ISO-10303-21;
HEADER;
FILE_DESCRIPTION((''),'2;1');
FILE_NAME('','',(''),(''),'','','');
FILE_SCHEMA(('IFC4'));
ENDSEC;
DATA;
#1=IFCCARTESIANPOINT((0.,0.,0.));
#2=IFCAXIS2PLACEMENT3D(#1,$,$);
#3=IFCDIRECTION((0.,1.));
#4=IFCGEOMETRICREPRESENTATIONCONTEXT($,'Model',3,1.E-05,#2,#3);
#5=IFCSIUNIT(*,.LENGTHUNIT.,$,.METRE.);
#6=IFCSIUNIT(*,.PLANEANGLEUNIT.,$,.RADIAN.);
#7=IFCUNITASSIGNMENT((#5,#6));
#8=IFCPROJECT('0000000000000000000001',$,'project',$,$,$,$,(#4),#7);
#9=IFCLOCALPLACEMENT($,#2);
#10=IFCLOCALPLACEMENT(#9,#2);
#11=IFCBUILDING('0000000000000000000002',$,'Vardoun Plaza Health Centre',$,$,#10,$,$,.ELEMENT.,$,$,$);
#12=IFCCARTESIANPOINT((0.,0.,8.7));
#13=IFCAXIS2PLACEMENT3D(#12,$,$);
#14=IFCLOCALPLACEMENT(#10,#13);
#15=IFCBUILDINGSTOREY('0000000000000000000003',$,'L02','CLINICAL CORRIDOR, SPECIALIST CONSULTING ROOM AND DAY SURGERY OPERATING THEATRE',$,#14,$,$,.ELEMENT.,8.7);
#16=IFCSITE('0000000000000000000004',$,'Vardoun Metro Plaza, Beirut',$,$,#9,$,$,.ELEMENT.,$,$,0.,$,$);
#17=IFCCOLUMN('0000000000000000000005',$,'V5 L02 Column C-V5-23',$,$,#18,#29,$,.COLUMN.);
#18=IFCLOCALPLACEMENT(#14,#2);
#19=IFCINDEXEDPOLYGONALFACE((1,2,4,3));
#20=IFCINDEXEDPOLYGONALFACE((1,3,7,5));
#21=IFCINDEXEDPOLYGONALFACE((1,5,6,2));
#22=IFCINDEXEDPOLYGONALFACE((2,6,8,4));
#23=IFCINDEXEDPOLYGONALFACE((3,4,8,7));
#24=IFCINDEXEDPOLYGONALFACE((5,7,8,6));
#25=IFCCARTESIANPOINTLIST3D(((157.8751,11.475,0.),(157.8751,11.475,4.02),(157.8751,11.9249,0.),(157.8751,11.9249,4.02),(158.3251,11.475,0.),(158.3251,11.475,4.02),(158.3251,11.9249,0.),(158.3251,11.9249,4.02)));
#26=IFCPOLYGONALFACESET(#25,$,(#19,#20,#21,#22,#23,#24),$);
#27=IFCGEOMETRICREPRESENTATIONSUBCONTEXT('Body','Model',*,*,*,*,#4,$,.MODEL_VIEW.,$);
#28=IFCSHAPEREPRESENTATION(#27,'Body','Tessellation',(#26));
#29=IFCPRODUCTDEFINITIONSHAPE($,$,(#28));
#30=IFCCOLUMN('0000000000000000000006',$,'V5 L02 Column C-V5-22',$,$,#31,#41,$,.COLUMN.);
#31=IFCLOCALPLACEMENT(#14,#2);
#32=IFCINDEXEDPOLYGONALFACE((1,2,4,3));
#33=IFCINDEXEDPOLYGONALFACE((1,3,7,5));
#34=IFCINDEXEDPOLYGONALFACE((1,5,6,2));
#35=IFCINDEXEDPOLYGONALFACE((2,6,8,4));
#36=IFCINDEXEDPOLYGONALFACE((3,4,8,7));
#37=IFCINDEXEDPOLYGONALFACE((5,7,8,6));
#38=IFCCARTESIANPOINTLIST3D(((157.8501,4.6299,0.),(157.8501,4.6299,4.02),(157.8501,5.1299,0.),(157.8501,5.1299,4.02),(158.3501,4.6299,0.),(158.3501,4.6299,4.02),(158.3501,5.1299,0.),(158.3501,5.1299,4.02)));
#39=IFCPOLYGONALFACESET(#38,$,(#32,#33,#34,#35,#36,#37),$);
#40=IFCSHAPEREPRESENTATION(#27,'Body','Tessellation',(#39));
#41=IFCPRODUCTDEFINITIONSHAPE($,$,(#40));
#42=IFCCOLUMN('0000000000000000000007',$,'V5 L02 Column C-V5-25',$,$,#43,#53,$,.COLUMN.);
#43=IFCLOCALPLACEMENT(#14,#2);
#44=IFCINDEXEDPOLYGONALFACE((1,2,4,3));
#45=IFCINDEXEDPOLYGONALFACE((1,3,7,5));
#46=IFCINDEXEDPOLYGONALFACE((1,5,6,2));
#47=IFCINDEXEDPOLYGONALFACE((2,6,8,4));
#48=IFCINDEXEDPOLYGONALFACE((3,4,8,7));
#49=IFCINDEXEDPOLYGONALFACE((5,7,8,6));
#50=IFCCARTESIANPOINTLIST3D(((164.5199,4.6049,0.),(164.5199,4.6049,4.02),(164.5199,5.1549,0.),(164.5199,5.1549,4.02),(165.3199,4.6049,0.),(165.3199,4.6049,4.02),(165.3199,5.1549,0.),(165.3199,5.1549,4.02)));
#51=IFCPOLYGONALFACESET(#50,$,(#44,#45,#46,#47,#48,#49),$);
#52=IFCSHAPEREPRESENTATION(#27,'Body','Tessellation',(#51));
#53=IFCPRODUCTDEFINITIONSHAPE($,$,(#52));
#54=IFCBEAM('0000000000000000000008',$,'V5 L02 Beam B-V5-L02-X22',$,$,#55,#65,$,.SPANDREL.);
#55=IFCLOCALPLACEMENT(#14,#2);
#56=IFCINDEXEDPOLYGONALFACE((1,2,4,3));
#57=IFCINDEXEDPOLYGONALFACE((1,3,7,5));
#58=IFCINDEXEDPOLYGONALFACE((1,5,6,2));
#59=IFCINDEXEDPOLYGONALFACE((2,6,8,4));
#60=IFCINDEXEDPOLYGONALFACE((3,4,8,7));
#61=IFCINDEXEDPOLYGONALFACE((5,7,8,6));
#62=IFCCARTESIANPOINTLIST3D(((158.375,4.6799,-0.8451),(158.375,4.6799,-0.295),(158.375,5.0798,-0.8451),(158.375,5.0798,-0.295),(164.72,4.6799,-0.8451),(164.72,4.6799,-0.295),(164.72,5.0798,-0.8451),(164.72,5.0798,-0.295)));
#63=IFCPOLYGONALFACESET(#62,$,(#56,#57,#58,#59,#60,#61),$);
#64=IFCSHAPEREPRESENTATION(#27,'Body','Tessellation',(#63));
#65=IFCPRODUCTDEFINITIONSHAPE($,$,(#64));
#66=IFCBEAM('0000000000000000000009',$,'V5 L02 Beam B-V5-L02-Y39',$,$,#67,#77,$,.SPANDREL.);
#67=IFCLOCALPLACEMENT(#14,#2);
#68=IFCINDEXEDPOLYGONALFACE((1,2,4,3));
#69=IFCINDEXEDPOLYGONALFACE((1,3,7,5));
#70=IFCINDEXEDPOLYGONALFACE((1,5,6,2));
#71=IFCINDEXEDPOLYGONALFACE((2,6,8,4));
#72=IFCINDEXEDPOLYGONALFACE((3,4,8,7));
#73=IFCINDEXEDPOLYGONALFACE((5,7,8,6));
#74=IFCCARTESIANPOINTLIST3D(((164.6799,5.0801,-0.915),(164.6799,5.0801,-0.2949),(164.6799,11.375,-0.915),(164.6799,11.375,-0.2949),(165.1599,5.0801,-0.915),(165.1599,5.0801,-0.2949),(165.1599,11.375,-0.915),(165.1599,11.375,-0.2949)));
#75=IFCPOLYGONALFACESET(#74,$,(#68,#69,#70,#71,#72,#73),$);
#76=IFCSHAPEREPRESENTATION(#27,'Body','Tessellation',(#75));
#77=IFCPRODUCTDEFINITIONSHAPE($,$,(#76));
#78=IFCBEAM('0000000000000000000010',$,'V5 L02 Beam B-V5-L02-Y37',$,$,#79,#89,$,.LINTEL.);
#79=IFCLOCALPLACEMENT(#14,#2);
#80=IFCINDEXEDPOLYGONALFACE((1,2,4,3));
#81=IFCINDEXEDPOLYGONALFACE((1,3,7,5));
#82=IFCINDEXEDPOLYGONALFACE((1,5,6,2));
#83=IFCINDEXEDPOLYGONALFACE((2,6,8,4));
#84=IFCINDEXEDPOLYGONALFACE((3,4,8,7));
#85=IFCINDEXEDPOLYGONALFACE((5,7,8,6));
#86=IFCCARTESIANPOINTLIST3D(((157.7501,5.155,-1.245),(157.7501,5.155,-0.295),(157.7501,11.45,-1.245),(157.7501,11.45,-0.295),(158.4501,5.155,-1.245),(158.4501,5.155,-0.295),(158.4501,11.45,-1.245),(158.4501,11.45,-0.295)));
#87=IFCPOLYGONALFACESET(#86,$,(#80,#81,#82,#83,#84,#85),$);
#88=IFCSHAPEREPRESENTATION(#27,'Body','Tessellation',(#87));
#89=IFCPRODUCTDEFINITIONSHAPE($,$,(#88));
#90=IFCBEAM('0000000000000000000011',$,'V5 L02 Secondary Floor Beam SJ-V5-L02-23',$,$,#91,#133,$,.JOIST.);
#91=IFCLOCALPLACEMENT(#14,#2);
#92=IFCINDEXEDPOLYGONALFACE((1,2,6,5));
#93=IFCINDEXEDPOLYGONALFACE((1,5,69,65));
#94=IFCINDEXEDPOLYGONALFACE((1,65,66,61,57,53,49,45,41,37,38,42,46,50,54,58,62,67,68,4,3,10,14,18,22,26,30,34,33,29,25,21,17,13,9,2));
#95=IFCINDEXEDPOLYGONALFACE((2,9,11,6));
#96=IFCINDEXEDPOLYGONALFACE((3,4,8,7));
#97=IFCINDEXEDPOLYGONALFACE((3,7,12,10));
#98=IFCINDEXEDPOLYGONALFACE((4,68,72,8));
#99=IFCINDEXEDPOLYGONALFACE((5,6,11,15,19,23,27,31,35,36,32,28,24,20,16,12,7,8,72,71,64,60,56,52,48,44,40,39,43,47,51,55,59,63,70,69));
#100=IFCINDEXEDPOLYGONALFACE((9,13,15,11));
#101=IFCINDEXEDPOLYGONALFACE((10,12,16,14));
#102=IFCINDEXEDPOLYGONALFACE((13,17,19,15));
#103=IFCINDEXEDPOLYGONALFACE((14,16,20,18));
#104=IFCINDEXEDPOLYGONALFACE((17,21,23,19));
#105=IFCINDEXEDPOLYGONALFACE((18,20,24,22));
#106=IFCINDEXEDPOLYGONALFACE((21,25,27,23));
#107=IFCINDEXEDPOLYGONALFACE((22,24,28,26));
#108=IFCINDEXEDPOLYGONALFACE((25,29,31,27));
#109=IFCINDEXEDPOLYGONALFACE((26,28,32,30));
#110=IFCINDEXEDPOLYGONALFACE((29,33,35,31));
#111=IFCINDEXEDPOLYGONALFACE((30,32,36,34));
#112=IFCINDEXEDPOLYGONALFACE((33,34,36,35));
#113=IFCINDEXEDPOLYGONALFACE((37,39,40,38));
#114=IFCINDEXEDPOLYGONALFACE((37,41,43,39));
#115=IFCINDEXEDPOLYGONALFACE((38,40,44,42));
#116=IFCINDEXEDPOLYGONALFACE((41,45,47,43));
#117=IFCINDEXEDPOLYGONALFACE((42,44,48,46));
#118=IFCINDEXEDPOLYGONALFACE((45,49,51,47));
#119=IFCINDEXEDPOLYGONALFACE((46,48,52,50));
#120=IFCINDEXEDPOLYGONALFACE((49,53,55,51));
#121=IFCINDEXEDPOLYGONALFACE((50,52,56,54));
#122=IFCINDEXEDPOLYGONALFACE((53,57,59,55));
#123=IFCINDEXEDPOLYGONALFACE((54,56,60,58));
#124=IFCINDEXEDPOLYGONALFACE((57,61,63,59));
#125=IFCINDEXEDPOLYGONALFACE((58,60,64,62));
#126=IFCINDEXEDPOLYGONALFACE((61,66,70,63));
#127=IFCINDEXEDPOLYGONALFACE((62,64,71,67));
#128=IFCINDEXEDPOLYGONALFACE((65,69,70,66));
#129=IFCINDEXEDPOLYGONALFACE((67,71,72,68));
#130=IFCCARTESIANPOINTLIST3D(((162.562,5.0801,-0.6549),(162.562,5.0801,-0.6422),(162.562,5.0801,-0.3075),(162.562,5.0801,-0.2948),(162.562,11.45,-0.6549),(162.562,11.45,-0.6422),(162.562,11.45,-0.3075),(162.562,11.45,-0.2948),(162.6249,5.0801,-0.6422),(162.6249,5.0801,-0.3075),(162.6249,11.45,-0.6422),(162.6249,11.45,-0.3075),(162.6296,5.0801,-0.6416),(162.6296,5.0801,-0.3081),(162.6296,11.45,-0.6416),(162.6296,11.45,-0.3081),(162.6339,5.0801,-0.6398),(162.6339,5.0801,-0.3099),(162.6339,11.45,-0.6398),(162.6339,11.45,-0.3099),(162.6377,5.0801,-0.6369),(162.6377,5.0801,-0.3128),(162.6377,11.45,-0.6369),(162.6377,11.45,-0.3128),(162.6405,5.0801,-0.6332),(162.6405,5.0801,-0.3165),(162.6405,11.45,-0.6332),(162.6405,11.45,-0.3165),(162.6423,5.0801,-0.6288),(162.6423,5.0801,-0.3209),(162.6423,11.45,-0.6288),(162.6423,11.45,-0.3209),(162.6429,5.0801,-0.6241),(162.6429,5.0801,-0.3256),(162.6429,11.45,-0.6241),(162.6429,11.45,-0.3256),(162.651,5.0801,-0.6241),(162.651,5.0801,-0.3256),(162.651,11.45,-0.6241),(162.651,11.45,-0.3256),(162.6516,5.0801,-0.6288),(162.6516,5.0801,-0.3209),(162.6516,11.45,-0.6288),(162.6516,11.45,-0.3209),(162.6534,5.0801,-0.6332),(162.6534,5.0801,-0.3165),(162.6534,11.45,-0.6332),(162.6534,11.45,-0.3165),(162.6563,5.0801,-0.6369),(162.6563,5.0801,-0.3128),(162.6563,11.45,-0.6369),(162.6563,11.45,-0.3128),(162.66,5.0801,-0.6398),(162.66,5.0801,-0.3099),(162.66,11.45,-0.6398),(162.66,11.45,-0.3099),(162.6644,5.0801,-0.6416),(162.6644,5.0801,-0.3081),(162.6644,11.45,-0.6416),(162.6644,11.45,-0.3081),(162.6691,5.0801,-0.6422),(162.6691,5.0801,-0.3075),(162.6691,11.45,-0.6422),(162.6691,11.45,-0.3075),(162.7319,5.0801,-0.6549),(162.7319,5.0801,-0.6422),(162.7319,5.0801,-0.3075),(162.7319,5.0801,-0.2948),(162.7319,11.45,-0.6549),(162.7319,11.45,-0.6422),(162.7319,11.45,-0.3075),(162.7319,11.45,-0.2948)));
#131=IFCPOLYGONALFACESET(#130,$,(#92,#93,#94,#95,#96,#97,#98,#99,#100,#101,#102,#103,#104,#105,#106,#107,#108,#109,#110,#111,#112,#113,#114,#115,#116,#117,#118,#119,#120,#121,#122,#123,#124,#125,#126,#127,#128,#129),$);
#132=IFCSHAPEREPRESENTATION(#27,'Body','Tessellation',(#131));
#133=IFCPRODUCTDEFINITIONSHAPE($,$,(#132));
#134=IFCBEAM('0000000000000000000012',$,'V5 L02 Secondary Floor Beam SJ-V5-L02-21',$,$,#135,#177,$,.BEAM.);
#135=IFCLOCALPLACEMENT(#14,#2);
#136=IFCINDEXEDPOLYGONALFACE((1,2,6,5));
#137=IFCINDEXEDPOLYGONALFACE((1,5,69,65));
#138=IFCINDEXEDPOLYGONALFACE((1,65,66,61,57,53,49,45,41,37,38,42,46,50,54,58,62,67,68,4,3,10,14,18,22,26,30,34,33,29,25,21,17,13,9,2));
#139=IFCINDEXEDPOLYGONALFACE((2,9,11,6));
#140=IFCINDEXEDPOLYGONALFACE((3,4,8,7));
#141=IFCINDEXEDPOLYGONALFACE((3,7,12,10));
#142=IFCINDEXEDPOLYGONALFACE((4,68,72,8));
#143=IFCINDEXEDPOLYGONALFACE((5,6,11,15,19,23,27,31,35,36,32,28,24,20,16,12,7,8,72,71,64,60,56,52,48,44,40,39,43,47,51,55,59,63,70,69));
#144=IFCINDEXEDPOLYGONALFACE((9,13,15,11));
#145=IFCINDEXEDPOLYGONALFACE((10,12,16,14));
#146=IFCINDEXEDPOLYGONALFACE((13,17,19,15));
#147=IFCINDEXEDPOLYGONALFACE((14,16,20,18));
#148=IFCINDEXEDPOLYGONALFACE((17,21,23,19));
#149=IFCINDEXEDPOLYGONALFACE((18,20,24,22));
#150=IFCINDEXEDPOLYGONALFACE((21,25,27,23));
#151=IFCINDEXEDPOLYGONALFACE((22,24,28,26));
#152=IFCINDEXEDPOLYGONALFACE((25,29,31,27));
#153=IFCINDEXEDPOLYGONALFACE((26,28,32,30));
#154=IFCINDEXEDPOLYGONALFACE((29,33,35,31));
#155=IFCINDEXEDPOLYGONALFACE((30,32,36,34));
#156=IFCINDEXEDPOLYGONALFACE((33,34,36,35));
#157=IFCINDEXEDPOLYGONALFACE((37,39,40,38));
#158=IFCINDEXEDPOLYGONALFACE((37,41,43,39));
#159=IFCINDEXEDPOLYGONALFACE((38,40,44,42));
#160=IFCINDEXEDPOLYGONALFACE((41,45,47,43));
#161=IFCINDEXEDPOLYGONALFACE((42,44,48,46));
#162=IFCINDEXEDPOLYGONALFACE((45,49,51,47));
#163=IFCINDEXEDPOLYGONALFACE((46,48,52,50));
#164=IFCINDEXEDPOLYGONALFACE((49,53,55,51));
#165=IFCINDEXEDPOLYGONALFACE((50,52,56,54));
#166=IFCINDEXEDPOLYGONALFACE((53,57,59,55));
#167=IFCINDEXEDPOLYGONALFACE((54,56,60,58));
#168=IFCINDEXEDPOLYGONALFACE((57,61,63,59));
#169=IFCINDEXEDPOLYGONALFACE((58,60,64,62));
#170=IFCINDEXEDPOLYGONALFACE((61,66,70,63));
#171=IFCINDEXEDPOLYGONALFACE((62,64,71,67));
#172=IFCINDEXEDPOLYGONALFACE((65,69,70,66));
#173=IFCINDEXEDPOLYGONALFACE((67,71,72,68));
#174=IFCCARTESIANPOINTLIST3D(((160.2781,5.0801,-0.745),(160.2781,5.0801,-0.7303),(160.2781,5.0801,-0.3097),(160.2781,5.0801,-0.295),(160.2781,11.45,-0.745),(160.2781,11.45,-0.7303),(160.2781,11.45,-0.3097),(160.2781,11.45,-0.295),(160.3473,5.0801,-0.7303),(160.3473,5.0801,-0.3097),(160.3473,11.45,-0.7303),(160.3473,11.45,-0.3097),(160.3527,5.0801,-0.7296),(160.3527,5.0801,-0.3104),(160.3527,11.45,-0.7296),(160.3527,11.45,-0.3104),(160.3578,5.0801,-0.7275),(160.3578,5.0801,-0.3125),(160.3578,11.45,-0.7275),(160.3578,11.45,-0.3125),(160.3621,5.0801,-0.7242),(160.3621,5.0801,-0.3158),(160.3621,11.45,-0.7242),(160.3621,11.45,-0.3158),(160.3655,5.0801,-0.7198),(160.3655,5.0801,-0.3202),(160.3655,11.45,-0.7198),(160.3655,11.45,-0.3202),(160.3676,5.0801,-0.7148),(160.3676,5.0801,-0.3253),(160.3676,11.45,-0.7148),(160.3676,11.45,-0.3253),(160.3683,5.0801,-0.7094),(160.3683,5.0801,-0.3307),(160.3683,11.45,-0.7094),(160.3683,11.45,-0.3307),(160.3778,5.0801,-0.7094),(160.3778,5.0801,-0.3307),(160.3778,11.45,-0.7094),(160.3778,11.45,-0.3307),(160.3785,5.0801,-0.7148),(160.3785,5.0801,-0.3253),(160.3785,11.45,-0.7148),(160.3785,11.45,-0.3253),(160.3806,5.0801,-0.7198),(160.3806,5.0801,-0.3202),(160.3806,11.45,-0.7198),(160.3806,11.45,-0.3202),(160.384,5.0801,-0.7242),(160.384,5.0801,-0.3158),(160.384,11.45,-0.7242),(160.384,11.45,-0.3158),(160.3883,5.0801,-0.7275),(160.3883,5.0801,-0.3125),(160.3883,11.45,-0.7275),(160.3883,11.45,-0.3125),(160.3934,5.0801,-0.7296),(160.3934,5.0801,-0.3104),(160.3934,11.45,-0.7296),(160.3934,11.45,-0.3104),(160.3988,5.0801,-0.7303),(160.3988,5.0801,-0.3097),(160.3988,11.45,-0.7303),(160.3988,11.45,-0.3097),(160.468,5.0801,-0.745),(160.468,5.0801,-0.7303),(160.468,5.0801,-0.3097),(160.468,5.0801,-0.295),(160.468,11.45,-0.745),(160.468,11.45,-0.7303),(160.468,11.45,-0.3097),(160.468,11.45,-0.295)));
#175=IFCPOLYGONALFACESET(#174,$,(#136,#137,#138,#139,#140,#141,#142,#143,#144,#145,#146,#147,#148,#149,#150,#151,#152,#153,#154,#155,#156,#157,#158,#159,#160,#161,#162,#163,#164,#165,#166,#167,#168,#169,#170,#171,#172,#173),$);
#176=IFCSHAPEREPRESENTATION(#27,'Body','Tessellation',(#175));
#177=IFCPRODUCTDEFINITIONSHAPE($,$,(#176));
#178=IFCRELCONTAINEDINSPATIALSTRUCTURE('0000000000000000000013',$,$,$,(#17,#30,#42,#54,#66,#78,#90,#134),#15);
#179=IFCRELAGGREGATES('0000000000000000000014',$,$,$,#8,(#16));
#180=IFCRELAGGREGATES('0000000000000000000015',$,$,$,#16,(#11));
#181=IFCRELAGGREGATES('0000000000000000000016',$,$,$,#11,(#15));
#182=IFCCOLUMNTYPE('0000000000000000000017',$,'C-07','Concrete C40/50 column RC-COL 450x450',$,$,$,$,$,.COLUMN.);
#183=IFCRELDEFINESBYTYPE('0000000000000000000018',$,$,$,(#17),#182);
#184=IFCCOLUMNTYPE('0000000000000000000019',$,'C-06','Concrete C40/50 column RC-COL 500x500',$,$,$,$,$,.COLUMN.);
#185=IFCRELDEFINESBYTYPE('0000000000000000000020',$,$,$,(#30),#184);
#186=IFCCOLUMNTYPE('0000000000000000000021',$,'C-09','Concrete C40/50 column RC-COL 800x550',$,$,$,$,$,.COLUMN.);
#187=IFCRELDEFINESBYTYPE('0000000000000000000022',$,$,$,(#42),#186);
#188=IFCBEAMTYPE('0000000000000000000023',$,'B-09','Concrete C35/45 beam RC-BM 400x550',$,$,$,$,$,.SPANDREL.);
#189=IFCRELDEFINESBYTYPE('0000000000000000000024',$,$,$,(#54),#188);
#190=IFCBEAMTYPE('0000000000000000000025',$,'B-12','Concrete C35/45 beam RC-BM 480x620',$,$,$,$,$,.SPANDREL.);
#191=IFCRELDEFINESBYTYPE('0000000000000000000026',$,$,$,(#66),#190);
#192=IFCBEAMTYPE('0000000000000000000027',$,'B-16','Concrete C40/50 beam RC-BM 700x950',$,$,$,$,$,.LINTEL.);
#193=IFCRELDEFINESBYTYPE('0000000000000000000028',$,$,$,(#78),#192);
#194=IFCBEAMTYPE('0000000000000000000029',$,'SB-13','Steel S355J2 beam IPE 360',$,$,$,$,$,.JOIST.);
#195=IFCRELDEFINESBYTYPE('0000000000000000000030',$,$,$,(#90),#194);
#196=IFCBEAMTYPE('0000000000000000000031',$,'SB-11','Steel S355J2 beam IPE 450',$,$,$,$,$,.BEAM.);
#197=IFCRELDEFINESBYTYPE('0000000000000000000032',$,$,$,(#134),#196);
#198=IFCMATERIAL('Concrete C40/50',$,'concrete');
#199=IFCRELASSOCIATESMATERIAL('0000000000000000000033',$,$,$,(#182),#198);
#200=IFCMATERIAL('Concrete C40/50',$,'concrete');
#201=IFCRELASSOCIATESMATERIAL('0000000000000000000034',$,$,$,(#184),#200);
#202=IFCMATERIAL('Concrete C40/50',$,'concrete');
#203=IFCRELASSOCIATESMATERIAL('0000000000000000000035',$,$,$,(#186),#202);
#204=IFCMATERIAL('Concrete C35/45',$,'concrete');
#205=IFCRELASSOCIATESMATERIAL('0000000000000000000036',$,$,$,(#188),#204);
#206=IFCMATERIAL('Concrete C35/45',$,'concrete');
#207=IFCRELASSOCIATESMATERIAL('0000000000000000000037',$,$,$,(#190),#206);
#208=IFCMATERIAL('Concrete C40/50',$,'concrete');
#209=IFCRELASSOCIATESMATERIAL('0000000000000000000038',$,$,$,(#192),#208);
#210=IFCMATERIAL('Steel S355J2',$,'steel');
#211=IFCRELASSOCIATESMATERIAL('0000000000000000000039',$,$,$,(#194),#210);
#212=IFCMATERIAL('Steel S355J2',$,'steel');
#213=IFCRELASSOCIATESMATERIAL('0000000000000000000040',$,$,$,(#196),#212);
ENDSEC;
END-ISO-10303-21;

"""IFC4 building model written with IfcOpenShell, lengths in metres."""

from ifc_helpers import new_model, si_unit, direction, frame, origin, origin_2d, place, context, subcontext, project, spatial, rectangle, i_section, extrude, material, material_profile, profile_set, type_object, element, save


model = new_model("IFC4")

# Units and contexts
model_context = context("Model", 3, precision=1e-05, world=origin(), true_north=direction((0.0, 1.0)))
body_context = subcontext(model_context, "Body", "Model", "MODEL_VIEW")
ifc_project = project(units=[si_unit("LENGTHUNIT", "METRE"), si_unit("PLANEANGLEUNIT", "RADIAN")], contexts=[model_context])

# Site, building, storey
site_placement = place(None, origin())
site = spatial("IfcSite", under=ifc_project, at=site_placement, Name="Vardoun Metro Plaza, Beirut", CompositionType="ELEMENT", RefElevation=0.0)
building_placement = place(site_placement, origin())
building = spatial("IfcBuilding", under=site, at=building_placement, Name="Vardoun Plaza Health Centre", CompositionType="ELEMENT")
storey_placement = place(building_placement, frame((0.0, 0.0, 8.7)))
storey = spatial("IfcBuildingStorey", under=building, at=storey_placement, Name="L02", Description="CLINICAL CORRIDOR, SPECIALIST CONSULTING ROOM AND DAY SURGERY OPERATING THEATRE", CompositionType="ELEMENT", Elevation=8.7)

# Columns
ifc_material_1 = material(Name="Concrete C40/50", Category="concrete")
ifc_material_profile_1 = material_profile(ifc_material_1, rectangle(XDim=0.45, YDim=0.45, at=origin_2d()), Name="RC-COL 450x450")
ifc_profile_set_1 = profile_set([ifc_material_profile_1], Name="Concrete C40/50")
column_type_1 = type_object("IfcColumnType", Name="C-07", Description="Concrete C40/50 column RC-COL 450x450", PredefinedType="COLUMN", material=ifc_profile_set_1)
column_1_placement = place(storey_placement, frame((158.1001, 11.7, 0.0), z_axis=(0.0, 0.0, 1.0), x_axis=(1.0, 0.0, 0.0)))
element("IfcColumn", 1, at=column_1_placement, inside=storey, type_object=column_type_1, Name="V5 L02 Column C-V5-23", PredefinedType="COLUMN", context=body_context, shape_type="SweptSolid", body=[
    extrude(rectangle(XDim=0.45, YDim=0.45, at=origin_2d()), origin(), (0.0, 0.0, 1.0), 4.02),
])
ifc_material_2 = material(Name="Concrete C40/50", Category="concrete")
ifc_material_profile_2 = material_profile(ifc_material_2, rectangle(XDim=0.5, YDim=0.5, at=origin_2d()), Name="RC-COL 500x500")
ifc_profile_set_2 = profile_set([ifc_material_profile_2], Name="Concrete C40/50")
column_type_2 = type_object("IfcColumnType", Name="C-06", Description="Concrete C40/50 column RC-COL 500x500", PredefinedType="COLUMN", material=ifc_profile_set_2)
column_2_placement = place(storey_placement, frame((158.1001, 4.8799, 0.0), z_axis=(0.0, 0.0, 1.0), x_axis=(1.0, 0.0, 0.0)))
element("IfcColumn", 2, at=column_2_placement, inside=storey, type_object=column_type_2, Name="V5 L02 Column C-V5-22", PredefinedType="COLUMN", context=body_context, shape_type="SweptSolid", body=[
    extrude(rectangle(XDim=0.5, YDim=0.5, at=origin_2d()), origin(), (0.0, 0.0, 1.0), 4.02),
])
ifc_material_3 = material(Name="Concrete C40/50", Category="concrete")
ifc_material_profile_3 = material_profile(ifc_material_3, rectangle(XDim=0.8, YDim=0.55, at=origin_2d()), Name="RC-COL 800x550")
ifc_profile_set_3 = profile_set([ifc_material_profile_3], Name="Concrete C40/50")
column_type_3 = type_object("IfcColumnType", Name="C-09", Description="Concrete C40/50 column RC-COL 800x550", PredefinedType="COLUMN", material=ifc_profile_set_3)
column_3_placement = place(storey_placement, frame((164.9199, 4.8799, 0.0), z_axis=(0.0, 0.0, 1.0), x_axis=(1.0, 0.0, 0.0)))
element("IfcColumn", 3, at=column_3_placement, inside=storey, type_object=column_type_3, Name="V5 L02 Column C-V5-25", PredefinedType="COLUMN", context=body_context, shape_type="SweptSolid", body=[
    extrude(rectangle(XDim=0.8, YDim=0.55, at=origin_2d()), origin(), (0.0, 0.0, 1.0), 4.02),
])

# Beams
ifc_material_4 = material(Name="Concrete C35/45", Category="concrete")
ifc_material_profile_4 = material_profile(ifc_material_4, rectangle(XDim=0.3999, YDim=0.55, at=origin_2d()), Name="RC-BM 400x550")
ifc_profile_set_4 = profile_set([ifc_material_profile_4], Name="Concrete C35/45")
beam_type_1 = type_object("IfcBeamType", Name="B-09", Description="Concrete C35/45 beam RC-BM 400x550", PredefinedType="SPANDREL", material=ifc_profile_set_4)
beam_1_placement = place(storey_placement, frame((158.375, 4.8799, -0.5701), z_axis=(1.0, 0.0, 0.0), x_axis=(0.0, 1.0, 0.0)))
element("IfcBeam", 4, at=beam_1_placement, inside=storey, type_object=beam_type_1, Name="V5 L02 Beam B-V5-L02-X22", PredefinedType="SPANDREL", context=body_context, shape_type="SweptSolid", body=[
    extrude(rectangle(XDim=0.3999, YDim=0.55, at=origin_2d()), origin(), (0.0, 0.0, 1.0), 6.345),
])
ifc_material_5 = material(Name="Concrete C35/45", Category="concrete")
ifc_material_profile_5 = material_profile(ifc_material_5, rectangle(XDim=0.48, YDim=0.6201, at=origin_2d()), Name="RC-BM 480x620")
ifc_profile_set_5 = profile_set([ifc_material_profile_5], Name="Concrete C35/45")
beam_type_2 = type_object("IfcBeamType", Name="B-12", Description="Concrete C35/45 beam RC-BM 480x620", PredefinedType="SPANDREL", material=ifc_profile_set_5)
beam_2_placement = place(storey_placement, frame((164.9199, 5.0801, -0.605), z_axis=(0.0, 1.0, 0.0), x_axis=(-1.0, 0.0, 0.0)))
element("IfcBeam", 5, at=beam_2_placement, inside=storey, type_object=beam_type_2, Name="V5 L02 Beam B-V5-L02-Y39", PredefinedType="SPANDREL", context=body_context, shape_type="SweptSolid", body=[
    extrude(rectangle(XDim=0.48, YDim=0.6201, at=origin_2d()), origin(), (0.0, 0.0, 1.0), 6.2949),
])
ifc_material_6 = material(Name="Concrete C40/50", Category="concrete")
ifc_material_profile_6 = material_profile(ifc_material_6, rectangle(XDim=0.7, YDim=0.95, at=origin_2d()), Name="RC-BM 700x950")
ifc_profile_set_6 = profile_set([ifc_material_profile_6], Name="Concrete C40/50")
beam_type_3 = type_object("IfcBeamType", Name="B-16", Description="Concrete C40/50 beam RC-BM 700x950", PredefinedType="LINTEL", material=ifc_profile_set_6)
beam_3_placement = place(storey_placement, frame((158.1001, 5.155, -0.77), z_axis=(0.0, 1.0, 0.0), x_axis=(-1.0, 0.0, 0.0)))
element("IfcBeam", 6, at=beam_3_placement, inside=storey, type_object=beam_type_3, Name="V5 L02 Beam B-V5-L02-Y37", PredefinedType="LINTEL", context=body_context, shape_type="SweptSolid", body=[
    extrude(rectangle(XDim=0.7, YDim=0.95, at=origin_2d()), origin(), (0.0, 0.0, 1.0), 6.2949),
])
ifc_material_7 = material(Name="Steel S355J2", Category="steel")
ifc_material_profile_7 = material_profile(ifc_material_7, i_section(OverallWidth=0.1699, OverallDepth=0.3601, WebThickness=0.0081, FlangeThickness=0.0127, FilletRadius=0.0181, at=origin_2d()), Name="IPE 360")
ifc_profile_set_7 = profile_set([ifc_material_profile_7], Name="Steel S355J2")
beam_type_4 = type_object("IfcBeamType", Name="SB-13", Description="Steel S355J2 beam IPE 360", PredefinedType="JOIST", material=ifc_profile_set_7)
beam_4_placement = place(storey_placement, frame((162.647, 5.0801, -0.4749), z_axis=(0.0, 1.0, 0.0), x_axis=(-1.0, 0.0, 0.0)))
element("IfcBeam", 7, at=beam_4_placement, inside=storey, type_object=beam_type_4, Name="V5 L02 Secondary Floor Beam SJ-V5-L02-23", PredefinedType="JOIST", context=body_context, shape_type="SweptSolid", body=[
    extrude(i_section(OverallWidth=0.1699, OverallDepth=0.3601, WebThickness=0.0081, FlangeThickness=0.0127, FilletRadius=0.0181, at=origin_2d()), origin(), (0.0, 0.0, 1.0), 6.3699),
])
ifc_material_8 = material(Name="Steel S355J2", Category="steel")
ifc_material_profile_8 = material_profile(ifc_material_8, i_section(OverallWidth=0.1899, OverallDepth=0.45, WebThickness=0.0095, FlangeThickness=0.0146, FilletRadius=0.021, at=origin_2d()), Name="IPE 450")
ifc_profile_set_8 = profile_set([ifc_material_profile_8], Name="Steel S355J2")
beam_type_5 = type_object("IfcBeamType", Name="SB-11", Description="Steel S355J2 beam IPE 450", PredefinedType="BEAM", material=ifc_profile_set_8)
beam_5_placement = place(storey_placement, frame((160.373, 5.0801, -0.52), z_axis=(0.0, 1.0, 0.0), x_axis=(-1.0, 0.0, 0.0)))
element("IfcBeam", 8, at=beam_5_placement, inside=storey, type_object=beam_type_5, Name="V5 L02 Secondary Floor Beam SJ-V5-L02-21", PredefinedType="BEAM", context=body_context, shape_type="SweptSolid", body=[
    extrude(i_section(OverallWidth=0.1899, OverallDepth=0.45, WebThickness=0.0095, FlangeThickness=0.0146, FilletRadius=0.021, at=origin_2d()), origin(), (0.0, 0.0, 1.0), 6.3699),
])

save(model, "model.ifc")
